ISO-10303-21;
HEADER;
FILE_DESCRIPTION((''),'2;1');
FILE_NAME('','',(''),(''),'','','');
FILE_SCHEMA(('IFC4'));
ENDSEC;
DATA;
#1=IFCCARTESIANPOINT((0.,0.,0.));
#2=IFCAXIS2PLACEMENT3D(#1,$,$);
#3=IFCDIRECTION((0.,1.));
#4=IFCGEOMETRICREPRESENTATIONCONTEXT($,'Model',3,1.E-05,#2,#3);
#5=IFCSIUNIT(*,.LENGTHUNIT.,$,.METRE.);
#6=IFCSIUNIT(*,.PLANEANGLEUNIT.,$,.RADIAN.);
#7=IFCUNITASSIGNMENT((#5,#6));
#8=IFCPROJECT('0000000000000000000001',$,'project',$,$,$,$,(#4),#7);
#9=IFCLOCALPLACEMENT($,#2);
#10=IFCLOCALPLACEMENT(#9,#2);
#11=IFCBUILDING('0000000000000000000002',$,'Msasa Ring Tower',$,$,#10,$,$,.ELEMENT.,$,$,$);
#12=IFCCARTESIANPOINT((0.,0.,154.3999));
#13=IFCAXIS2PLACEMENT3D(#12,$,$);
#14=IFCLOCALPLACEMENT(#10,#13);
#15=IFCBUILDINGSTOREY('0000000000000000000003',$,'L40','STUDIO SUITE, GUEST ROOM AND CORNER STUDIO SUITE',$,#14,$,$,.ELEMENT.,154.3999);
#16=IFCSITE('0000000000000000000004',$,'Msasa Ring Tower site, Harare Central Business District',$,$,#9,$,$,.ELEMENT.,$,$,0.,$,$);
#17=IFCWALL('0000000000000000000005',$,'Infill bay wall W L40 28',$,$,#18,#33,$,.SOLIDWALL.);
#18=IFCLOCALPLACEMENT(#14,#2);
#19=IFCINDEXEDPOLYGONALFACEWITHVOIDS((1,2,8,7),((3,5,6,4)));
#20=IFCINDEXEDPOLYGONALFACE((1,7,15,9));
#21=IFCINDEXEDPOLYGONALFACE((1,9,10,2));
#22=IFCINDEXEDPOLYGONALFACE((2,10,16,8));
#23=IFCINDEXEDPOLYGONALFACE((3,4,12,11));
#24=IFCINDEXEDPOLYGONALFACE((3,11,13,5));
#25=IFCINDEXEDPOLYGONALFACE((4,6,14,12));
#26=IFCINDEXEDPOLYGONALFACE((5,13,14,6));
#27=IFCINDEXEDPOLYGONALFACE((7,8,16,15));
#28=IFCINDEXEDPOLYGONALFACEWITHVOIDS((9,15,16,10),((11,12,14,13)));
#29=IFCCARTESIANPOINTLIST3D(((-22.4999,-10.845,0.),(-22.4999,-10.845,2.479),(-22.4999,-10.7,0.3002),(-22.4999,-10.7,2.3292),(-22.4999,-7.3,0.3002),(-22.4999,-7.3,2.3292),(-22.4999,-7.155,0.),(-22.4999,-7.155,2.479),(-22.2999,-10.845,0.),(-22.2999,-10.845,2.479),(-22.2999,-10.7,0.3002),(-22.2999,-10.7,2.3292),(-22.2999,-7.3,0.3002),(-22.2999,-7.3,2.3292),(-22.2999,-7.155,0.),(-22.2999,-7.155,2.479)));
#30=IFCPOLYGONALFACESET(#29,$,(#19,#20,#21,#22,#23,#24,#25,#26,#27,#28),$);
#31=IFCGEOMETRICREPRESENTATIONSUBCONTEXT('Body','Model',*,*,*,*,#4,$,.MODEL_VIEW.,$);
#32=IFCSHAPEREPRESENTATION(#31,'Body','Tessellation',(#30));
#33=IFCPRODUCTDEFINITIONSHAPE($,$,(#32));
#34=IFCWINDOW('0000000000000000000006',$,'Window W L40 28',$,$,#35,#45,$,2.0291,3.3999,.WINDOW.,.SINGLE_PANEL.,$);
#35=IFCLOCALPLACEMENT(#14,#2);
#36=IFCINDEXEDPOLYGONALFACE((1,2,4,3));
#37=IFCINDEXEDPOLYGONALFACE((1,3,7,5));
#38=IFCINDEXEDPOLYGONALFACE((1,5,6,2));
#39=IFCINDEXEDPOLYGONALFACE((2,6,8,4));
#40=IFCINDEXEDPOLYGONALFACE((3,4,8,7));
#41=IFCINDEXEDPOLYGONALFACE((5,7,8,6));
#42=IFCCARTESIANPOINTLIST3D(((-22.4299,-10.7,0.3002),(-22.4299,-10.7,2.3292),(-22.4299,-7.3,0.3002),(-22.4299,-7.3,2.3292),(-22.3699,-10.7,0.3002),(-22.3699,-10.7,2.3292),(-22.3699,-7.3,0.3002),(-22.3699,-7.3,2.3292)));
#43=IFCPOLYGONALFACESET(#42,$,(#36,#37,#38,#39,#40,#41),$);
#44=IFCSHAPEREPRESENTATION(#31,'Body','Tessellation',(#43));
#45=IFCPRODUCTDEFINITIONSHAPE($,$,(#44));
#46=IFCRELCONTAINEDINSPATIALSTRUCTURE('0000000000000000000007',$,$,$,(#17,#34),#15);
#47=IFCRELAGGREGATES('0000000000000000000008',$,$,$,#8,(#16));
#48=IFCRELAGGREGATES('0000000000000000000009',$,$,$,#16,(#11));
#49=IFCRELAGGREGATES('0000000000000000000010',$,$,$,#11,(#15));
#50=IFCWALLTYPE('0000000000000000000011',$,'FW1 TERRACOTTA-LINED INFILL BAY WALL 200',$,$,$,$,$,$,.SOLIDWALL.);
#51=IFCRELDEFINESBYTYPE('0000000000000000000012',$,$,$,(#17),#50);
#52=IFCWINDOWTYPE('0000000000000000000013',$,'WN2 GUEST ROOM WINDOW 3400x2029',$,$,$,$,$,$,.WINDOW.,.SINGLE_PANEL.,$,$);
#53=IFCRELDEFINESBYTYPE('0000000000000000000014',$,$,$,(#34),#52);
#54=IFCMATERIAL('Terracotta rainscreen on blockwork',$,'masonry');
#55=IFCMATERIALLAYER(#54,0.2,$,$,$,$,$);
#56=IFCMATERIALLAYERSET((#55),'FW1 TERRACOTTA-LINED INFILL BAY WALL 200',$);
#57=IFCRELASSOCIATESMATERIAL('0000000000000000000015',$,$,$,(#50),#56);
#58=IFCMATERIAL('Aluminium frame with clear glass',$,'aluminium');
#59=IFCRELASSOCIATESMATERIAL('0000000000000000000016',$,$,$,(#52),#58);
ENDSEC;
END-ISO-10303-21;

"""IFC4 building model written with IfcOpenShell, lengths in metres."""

from ifc_helpers import new_model, si_unit, direction, frame, frame_2d, origin, place, context, subcontext, project, spatial, rectangle, extrude, material, layer, layer_set, type_object, element, fill, save


model = new_model("IFC4")

# Units and contexts
model_context = context("Model", 3, precision=1e-05, world=origin(), true_north=direction((0.0, 1.0)))
body_context = subcontext(model_context, "Body", "Model", "MODEL_VIEW")
ifc_project = project(units=[si_unit("LENGTHUNIT", "METRE"), si_unit("PLANEANGLEUNIT", "RADIAN")], contexts=[model_context])

# Site, building, storey
site_placement = place(None, origin())
site = spatial("IfcSite", under=ifc_project, at=site_placement, Name="Msasa Ring Tower site, Harare Central Business District", CompositionType="ELEMENT", RefElevation=0.0)
building_placement = place(site_placement, origin())
building = spatial("IfcBuilding", under=site, at=building_placement, Name="Msasa Ring Tower", CompositionType="ELEMENT")
storey_placement = place(building_placement, frame((0.0, 0.0, 154.3999)))
storey = spatial("IfcBuildingStorey", under=building, at=storey_placement, Name="L40", Description="STUDIO SUITE, GUEST ROOM AND CORNER STUDIO SUITE", CompositionType="ELEMENT", Elevation=154.3999)

# Wall, opening, window
ifc_material_1 = material(Name="Terracotta rainscreen on blockwork", Category="masonry")
ifc_layer_1 = layer(ifc_material_1, 0.2)
ifc_layer_set_1 = layer_set([ifc_layer_1], Name="FW1 TERRACOTTA-LINED INFILL BAY WALL 200")
wall_type_1 = type_object("IfcWallType", Name="FW1 TERRACOTTA-LINED INFILL BAY WALL 200", PredefinedType="SOLIDWALL", material=ifc_layer_set_1)
ifc_material_2 = material(Name="Aluminium frame with clear glass", Category="aluminium")
window_type = type_object("IfcWindowType", Name="WN2 GUEST ROOM WINDOW 3400x2029", PartitioningType="SINGLE_PANEL", PredefinedType="WINDOW", material=ifc_material_2)
wall_1_placement = place(storey_placement, frame((-22.3999, -10.845, 0.0), z_axis=(0.0, 0.0, 1.0), x_axis=(0.0, 1.0, 0.0)))
wall_1 = element("IfcWall", 1, at=wall_1_placement, inside=storey, type_object=wall_type_1, Name="Infill bay wall W L40 28", PredefinedType="SOLIDWALL", context=body_context, shape_type="SweptSolid", body=[
    extrude(rectangle(XDim=3.6899, YDim=0.2, at=frame_2d((1.845, 0.0))), origin(), (0.0, 0.0, 1.0), 2.479),
])
opening_1_placement = place(wall_1_placement, frame((0.145, 0.0, 0.3)))
opening_1 = element("IfcOpeningElement", 2, at=opening_1_placement, cuts=wall_1, PredefinedType="OPENING", context=body_context, shape_type="SweptSolid", body=[
    extrude(rectangle(XDim=3.3999, YDim=2.0291, at=frame_2d((1.7, 1.0146))), frame((0.0, 0.1099, 0.0), z_axis=(0.0, -1.0, 0.0), x_axis=(1.0, 0.0, 0.0)), (0.0, 0.0, 1.0), 0.22),
])
window_1_placement = place(opening_1_placement, origin())
window_1 = element("IfcWindow", 3, at=window_1_placement, inside=storey, type_object=window_type, Name="Window W L40 28", OverallHeight=2.0291, OverallWidth=3.3999, PartitioningType="SINGLE_PANEL", PredefinedType="WINDOW", context=body_context, shape_type="SweptSolid", body=[
    extrude(rectangle(XDim=3.3999, YDim=2.0291, at=frame_2d((1.7, 1.0146))), frame((0.0, 0.03, 0.0), z_axis=(0.0, -1.0, 0.0), x_axis=(1.0, 0.0, 0.0)), (0.0, 0.0, 1.0), 0.0601),
])
fill(opening_1, window_1)

save(model, "model.ifc")
